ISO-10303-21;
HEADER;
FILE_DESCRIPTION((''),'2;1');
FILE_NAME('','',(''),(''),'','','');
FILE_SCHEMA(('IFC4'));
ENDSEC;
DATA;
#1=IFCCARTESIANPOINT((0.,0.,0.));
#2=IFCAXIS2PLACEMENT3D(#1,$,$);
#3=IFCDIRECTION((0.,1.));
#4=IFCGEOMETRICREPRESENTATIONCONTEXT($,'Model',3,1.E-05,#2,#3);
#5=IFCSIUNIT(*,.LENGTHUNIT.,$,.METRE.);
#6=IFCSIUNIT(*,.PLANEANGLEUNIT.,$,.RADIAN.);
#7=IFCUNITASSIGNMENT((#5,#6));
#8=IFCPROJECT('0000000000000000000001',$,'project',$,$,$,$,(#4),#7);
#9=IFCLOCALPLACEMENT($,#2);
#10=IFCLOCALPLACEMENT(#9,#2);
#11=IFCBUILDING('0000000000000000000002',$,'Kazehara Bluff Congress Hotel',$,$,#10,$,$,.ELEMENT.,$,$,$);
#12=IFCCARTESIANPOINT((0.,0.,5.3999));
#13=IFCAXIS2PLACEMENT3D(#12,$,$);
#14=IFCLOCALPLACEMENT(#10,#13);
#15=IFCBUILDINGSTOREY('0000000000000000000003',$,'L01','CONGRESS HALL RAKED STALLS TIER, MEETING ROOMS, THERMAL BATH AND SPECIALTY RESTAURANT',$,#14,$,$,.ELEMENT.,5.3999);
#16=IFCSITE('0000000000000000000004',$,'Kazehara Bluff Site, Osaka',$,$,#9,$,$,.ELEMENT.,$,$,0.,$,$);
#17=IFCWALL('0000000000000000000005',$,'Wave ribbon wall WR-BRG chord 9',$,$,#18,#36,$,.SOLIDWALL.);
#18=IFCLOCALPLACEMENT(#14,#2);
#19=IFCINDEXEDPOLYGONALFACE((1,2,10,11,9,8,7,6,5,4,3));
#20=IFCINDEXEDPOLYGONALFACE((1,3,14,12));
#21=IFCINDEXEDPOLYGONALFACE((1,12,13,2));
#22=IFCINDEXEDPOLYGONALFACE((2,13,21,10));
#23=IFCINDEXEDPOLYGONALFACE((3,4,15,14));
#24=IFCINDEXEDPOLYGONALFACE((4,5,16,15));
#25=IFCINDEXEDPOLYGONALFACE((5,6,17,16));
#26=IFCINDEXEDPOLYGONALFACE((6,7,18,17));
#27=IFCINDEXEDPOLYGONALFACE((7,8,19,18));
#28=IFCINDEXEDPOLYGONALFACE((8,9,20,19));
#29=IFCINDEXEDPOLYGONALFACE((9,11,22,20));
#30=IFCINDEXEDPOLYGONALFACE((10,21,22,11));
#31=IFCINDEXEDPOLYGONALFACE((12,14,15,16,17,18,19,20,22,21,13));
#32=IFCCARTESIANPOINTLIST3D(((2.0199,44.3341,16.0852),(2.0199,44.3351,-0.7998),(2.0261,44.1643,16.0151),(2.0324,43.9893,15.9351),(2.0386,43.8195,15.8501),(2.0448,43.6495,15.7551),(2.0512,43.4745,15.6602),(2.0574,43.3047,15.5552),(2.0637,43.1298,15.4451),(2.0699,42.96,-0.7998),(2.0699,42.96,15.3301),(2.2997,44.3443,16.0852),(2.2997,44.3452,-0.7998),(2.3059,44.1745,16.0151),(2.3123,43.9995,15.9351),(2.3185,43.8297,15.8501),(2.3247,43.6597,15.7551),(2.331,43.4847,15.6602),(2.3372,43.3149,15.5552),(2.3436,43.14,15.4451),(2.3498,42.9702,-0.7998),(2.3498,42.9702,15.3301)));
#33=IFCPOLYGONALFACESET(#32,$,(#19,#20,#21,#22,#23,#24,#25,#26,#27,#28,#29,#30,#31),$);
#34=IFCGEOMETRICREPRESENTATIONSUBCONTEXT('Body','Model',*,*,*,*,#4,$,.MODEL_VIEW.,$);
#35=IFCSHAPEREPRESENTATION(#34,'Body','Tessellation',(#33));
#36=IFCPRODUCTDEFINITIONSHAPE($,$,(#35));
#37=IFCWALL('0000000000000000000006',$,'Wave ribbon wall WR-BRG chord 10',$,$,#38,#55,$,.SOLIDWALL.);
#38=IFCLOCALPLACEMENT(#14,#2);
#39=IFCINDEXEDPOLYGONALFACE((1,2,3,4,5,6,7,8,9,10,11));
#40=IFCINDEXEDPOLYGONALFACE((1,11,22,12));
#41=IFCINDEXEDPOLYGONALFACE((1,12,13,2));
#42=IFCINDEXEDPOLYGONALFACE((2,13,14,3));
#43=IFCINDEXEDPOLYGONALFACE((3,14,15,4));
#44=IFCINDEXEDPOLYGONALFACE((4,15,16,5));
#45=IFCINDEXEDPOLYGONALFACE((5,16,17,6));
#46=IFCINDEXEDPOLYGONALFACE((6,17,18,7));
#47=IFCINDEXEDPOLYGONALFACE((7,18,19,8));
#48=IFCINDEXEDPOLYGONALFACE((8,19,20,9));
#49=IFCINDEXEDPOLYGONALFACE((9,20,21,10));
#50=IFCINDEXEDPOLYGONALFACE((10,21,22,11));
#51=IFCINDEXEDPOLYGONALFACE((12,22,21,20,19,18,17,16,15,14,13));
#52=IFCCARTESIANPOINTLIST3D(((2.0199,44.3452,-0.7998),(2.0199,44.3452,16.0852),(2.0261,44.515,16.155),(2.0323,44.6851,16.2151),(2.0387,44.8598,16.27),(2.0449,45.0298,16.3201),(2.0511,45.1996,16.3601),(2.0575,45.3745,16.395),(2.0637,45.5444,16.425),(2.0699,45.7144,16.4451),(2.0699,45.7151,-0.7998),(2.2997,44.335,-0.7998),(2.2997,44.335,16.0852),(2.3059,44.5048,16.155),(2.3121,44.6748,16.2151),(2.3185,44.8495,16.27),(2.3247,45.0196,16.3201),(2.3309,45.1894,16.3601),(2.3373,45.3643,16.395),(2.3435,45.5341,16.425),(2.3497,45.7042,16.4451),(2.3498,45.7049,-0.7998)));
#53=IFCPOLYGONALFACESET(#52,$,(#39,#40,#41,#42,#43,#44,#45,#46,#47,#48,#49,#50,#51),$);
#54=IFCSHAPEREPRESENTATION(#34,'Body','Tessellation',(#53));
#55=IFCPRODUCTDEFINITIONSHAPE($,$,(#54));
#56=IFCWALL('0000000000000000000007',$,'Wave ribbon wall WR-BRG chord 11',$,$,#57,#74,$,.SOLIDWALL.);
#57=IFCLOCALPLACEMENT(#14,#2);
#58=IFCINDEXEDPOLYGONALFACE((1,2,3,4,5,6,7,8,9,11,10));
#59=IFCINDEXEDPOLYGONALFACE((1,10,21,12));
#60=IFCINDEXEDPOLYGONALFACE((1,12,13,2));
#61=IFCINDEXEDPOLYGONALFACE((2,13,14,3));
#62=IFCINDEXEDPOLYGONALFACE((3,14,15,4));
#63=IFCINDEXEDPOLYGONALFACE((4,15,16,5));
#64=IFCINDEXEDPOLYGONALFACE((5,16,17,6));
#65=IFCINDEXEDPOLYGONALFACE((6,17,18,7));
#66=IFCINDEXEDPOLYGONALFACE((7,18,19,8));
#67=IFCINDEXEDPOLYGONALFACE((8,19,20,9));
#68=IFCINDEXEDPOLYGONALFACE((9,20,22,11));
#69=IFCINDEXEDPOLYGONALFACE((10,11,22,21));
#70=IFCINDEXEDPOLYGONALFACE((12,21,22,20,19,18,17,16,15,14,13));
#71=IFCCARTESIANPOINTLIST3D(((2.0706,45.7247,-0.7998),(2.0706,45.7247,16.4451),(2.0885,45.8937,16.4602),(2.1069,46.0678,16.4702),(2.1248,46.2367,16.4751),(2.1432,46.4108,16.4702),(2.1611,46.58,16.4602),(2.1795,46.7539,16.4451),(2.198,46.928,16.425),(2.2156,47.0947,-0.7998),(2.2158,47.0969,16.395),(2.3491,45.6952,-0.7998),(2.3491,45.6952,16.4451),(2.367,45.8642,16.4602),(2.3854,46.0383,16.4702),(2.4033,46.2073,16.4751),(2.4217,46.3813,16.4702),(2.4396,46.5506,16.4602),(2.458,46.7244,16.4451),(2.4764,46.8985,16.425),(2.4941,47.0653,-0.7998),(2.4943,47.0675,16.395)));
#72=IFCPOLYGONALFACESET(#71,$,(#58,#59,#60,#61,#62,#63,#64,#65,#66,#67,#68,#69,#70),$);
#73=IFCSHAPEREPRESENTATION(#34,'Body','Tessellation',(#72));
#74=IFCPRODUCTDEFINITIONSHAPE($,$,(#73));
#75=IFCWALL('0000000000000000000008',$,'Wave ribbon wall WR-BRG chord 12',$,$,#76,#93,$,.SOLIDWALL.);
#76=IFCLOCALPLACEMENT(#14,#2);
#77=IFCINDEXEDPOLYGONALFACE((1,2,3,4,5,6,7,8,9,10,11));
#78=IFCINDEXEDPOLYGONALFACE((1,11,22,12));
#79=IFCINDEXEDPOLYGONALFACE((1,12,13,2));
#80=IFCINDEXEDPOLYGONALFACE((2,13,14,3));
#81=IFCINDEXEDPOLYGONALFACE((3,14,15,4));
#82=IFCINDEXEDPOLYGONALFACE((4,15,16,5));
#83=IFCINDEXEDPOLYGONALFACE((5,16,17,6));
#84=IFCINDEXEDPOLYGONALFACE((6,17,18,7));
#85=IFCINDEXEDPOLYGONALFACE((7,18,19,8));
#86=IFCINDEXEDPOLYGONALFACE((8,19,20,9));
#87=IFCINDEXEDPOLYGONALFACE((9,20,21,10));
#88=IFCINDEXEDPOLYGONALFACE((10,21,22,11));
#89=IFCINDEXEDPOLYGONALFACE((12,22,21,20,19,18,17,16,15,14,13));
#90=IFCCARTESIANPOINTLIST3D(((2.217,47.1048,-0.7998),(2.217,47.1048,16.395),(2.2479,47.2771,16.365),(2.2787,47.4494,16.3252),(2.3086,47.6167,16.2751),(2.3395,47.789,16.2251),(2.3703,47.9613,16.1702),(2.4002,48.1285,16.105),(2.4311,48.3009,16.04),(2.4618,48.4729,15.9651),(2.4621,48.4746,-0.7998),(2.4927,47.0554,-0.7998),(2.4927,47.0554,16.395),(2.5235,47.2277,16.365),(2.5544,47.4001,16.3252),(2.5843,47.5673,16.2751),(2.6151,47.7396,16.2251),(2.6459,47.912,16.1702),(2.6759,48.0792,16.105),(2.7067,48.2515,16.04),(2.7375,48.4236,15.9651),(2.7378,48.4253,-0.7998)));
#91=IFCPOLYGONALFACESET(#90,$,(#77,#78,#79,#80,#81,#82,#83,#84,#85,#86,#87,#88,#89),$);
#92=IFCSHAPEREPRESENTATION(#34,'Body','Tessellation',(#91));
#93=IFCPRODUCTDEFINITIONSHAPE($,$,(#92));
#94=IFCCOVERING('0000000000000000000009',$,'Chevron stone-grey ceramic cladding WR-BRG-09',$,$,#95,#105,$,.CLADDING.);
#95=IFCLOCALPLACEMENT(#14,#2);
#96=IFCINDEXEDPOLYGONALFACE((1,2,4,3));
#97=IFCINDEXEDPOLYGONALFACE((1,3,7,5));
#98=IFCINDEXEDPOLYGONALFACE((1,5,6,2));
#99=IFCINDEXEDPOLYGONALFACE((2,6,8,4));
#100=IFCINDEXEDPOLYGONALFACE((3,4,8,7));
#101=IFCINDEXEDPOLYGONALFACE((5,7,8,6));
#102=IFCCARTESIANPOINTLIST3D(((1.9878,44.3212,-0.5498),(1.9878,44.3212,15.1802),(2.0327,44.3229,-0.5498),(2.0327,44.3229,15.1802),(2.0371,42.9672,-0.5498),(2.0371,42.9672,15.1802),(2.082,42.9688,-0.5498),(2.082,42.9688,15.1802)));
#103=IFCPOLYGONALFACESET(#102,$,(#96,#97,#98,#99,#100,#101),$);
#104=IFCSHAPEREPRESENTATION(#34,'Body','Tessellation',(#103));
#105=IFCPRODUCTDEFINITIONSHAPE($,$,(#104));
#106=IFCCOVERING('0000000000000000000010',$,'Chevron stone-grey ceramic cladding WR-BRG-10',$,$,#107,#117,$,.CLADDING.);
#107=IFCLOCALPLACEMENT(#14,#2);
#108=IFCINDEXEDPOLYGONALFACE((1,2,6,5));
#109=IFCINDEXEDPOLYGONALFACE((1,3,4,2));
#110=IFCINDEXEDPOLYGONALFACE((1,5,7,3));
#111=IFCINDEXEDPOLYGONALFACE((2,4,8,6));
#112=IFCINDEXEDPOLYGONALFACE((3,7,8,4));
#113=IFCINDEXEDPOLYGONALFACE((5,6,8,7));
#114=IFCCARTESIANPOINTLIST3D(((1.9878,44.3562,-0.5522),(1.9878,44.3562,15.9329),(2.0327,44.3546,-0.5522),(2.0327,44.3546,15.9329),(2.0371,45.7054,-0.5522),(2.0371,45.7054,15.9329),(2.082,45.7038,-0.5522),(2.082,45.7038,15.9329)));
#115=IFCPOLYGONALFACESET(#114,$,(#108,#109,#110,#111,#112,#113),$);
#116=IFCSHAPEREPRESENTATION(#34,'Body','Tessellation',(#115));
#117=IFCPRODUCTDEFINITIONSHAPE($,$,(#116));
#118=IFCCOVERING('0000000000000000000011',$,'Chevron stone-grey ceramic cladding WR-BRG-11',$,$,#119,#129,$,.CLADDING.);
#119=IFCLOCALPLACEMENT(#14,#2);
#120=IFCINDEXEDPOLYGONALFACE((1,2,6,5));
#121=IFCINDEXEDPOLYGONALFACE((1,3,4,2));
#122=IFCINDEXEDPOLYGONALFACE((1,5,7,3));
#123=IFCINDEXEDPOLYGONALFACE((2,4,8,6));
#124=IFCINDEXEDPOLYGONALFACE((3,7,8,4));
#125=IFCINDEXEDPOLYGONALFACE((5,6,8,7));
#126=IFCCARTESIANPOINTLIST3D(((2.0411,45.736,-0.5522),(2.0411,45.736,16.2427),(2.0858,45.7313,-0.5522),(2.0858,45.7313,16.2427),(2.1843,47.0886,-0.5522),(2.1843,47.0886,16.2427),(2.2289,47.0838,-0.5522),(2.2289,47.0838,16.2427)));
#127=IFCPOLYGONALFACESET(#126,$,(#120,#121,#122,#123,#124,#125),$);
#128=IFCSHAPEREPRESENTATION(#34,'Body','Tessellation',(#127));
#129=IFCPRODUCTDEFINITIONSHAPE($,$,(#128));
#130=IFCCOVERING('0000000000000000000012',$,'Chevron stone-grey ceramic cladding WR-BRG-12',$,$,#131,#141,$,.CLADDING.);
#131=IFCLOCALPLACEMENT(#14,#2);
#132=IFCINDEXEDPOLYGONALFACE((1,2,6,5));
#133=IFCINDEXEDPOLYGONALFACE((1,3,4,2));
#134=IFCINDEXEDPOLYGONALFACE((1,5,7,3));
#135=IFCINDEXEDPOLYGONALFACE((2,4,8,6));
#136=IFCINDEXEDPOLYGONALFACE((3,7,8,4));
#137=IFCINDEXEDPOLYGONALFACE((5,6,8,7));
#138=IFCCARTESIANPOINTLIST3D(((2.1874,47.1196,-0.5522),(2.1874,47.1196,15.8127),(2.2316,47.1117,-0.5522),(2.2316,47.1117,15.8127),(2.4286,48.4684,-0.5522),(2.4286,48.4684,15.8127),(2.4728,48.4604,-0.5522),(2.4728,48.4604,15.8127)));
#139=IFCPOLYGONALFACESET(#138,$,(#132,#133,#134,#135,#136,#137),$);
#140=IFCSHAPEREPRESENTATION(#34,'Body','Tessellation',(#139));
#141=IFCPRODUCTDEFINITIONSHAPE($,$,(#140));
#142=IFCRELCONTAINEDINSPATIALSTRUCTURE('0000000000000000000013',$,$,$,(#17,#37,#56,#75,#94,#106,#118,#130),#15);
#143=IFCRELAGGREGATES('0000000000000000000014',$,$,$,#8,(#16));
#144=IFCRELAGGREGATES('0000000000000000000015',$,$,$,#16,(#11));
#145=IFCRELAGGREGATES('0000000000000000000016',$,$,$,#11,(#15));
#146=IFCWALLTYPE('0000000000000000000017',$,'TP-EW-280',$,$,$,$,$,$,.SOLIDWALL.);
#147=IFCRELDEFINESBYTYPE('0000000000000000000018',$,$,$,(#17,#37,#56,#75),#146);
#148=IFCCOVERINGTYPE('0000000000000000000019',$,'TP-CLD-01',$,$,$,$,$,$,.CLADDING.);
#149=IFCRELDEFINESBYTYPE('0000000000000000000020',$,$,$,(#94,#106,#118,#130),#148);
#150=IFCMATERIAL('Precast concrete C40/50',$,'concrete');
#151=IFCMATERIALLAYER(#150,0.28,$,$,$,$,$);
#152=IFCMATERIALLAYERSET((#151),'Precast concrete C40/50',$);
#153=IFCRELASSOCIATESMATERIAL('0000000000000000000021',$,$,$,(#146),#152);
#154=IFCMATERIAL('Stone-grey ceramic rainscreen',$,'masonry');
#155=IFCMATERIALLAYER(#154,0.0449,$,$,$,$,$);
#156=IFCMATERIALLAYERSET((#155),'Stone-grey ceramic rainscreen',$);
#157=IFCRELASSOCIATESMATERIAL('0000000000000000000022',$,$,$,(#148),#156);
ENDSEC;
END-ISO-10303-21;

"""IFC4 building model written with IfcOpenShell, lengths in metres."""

from ifc_helpers import new_model, si_unit, direction, frame, origin, origin_2d, place, context, subcontext, project, spatial, polyline, rectangle, outline, extrude, material, layer, layer_set, type_object, element, save


model = new_model("IFC4")

# Units and contexts
model_context = context("Model", 3, precision=1e-05, world=origin(), true_north=direction((0.0, 1.0)))
body_context = subcontext(model_context, "Body", "Model", "MODEL_VIEW")
ifc_project = project(units=[si_unit("LENGTHUNIT", "METRE"), si_unit("PLANEANGLEUNIT", "RADIAN")], contexts=[model_context])

# Site, building, storey
site_placement = place(None, origin())
site = spatial("IfcSite", under=ifc_project, at=site_placement, Name="Kazehara Bluff Site, Osaka", CompositionType="ELEMENT", RefElevation=0.0)
building_placement = place(site_placement, origin())
building = spatial("IfcBuilding", under=site, at=building_placement, Name="Kazehara Bluff Congress Hotel", CompositionType="ELEMENT")
storey_placement = place(building_placement, frame((0.0, 0.0, 5.3999)))
storey = spatial("IfcBuildingStorey", under=building, at=storey_placement, Name="L01", Description="CONGRESS HALL RAKED STALLS TIER, MEETING ROOMS, THERMAL BATH AND SPECIALTY RESTAURANT", CompositionType="ELEMENT", Elevation=5.3999)

# Walls
ifc_material_1 = material(Name="Precast concrete C40/50", Category="concrete")
ifc_layer_1 = layer(ifc_material_1, 0.28)
ifc_layer_set_1 = layer_set([ifc_layer_1], Name="Precast concrete C40/50")
wall_type = type_object("IfcWallType", Name="TP-EW-280", PredefinedType="SOLIDWALL", material=ifc_layer_set_1)
wall_1_placement = place(storey_placement, frame((2.21, 42.9651, -0.7998), z_axis=(0.0, 0.0, 1.0), x_axis=(-0.036375, 0.999338, 0.0)))
element("IfcWall", 1, at=wall_1_placement, inside=storey, type_object=wall_type, Name="Wave ribbon wall WR-BRG chord 9", PredefinedType="SOLIDWALL", context=body_context, shape_type="SweptSolid", body=[
    extrude(outline(polyline([(0.0, 0.0), (1.376, 0.0), (1.375, 16.885), (1.2051, 16.8149), (1.03, 16.7349), (0.8601, 16.6499), (0.6899, 16.5549), (0.5149, 16.46), (0.345, 16.355), (0.1699, 16.2449), (0.0, 16.1299), (0.0, 0.0)])), frame((0.0, 0.1401, 0.0), z_axis=(0.0, -1.0, 0.0), x_axis=(1.0, 0.0, 0.0)), (0.0, 0.0, 1.0), 0.28),
])
wall_2_placement = place(storey_placement, frame((2.1599, 44.3401, -0.7998), z_axis=(0.0, 0.0, 1.0), x_axis=(0.036511, 0.999333, 0.0)))
element("IfcWall", 2, at=wall_2_placement, inside=storey, type_object=wall_type, Name="Wave ribbon wall WR-BRG chord 10", PredefinedType="SOLIDWALL", context=body_context, shape_type="SweptSolid", body=[
    extrude(outline(polyline([(0.0, 0.0), (1.3708, 0.0), (1.3701, 17.2449), (1.2, 17.2249), (1.03, 17.1948), (0.855, 17.1599), (0.6851, 17.1199), (0.5149, 17.0698), (0.3401, 17.0149), (0.1699, 16.9548), (0.0, 16.885), (0.0, 0.0)])), frame((0.0, 0.1401, 0.0), z_axis=(0.0, -1.0, 0.0), x_axis=(1.0, 0.0, 0.0)), (0.0, 0.0, 1.0), 0.28),
])
wall_3_placement = place(storey_placement, frame((2.21, 45.71, -0.7998), z_axis=(0.0, 0.0, 1.0), x_axis=(0.105257, 0.994445, 0.0)))
element("IfcWall", 3, at=wall_3_placement, inside=storey, type_object=wall_type, Name="Wave ribbon wall WR-BRG chord 11", PredefinedType="SOLIDWALL", context=body_context, shape_type="SweptSolid", body=[
    extrude(outline(polyline([(0.0, 0.0), (1.3777, 0.0), (1.3799, 17.1948), (1.21, 17.2249), (1.0349, 17.2449), (0.8601, 17.26), (0.6899, 17.27), (0.5149, 17.2749), (0.345, 17.27), (0.1699, 17.26), (0.0, 17.2449), (0.0, 0.0)])), frame((0.0, 0.1401, 0.0), z_axis=(0.0, -1.0, 0.0), x_axis=(1.0, 0.0, 0.0)), (0.0, 0.0, 1.0), 0.28),
])
wall_4_placement = place(storey_placement, frame((2.355, 47.0801, -0.7998), z_axis=(0.0, 0.0, 1.0), x_axis=(0.176137, 0.984366, 0.0)))
element("IfcWall", 4, at=wall_4_placement, inside=storey, type_object=wall_type, Name="Wave ribbon wall WR-BRG chord 12", PredefinedType="SOLIDWALL", context=body_context, shape_type="SweptSolid", body=[
    extrude(outline(polyline([(0.0, 0.0), (1.3916, 0.0), (1.3899, 16.7649), (1.2151, 16.8398), (1.04, 16.9048), (0.8701, 16.97), (0.6951, 17.0249), (0.52, 17.075), (0.3501, 17.125), (0.175, 17.1648), (0.0, 17.1948), (0.0, 0.0)])), frame((0.0, 0.1401, 0.0), z_axis=(0.0, -1.0, 0.0), x_axis=(1.0, 0.0, 0.0)), (0.0, 0.0, 1.0), 0.28),
])

# Coverings
ifc_material_2 = material(Name="Stone-grey ceramic rainscreen", Category="masonry")
ifc_layer_2 = layer(ifc_material_2, 0.0449)
ifc_layer_set_2 = layer_set([ifc_layer_2], Name="Stone-grey ceramic rainscreen")
covering_type_1 = type_object("IfcCoveringType", Name="TP-CLD-01", PredefinedType="CLADDING", material=ifc_layer_set_2)
covering_1_placement = place(storey_placement, frame((2.0349, 43.645, -0.5498), z_axis=(0.0, 0.0, 1.0), x_axis=(-0.03634, 0.999339, 0.0)))
element("IfcCovering", 5, at=covering_1_placement, inside=storey, type_object=covering_type_1, Name="Chevron stone-grey ceramic cladding WR-BRG-09", PredefinedType="CLADDING", context=body_context, shape_type="SweptSolid", body=[
    extrude(rectangle(XDim=1.355, YDim=0.0449, at=origin_2d()), origin(), (0.0, 0.0, 1.0), 15.73),
])
covering_2_placement = place(storey_placement, frame((2.0349, 45.03, -0.5522), z_axis=(0.0, 0.0, 1.0), x_axis=(0.036473, 0.999335, 0.0)))
element("IfcCovering", 6, at=covering_2_placement, inside=storey, type_object=covering_type_1, Name="Chevron stone-grey ceramic cladding WR-BRG-10", PredefinedType="CLADDING", context=body_context, shape_type="SweptSolid", body=[
    extrude(rectangle(XDim=1.3501, YDim=0.0449, at=origin_2d()), origin(), (0.0, 0.0, 1.0), 16.4851),
])
covering_3_placement = place(storey_placement, frame((2.135, 46.4099, -0.5522), z_axis=(0.0, 0.0, 1.0), x_axis=(0.105252, 0.994446, 0.0)))
element("IfcCovering", 7, at=covering_3_placement, inside=storey, type_object=covering_type_1, Name="Chevron stone-grey ceramic cladding WR-BRG-11", PredefinedType="CLADDING", context=body_context, shape_type="SweptSolid", body=[
    extrude(rectangle(XDim=1.3601, YDim=0.0449, at=origin_2d()), origin(), (0.0, 0.0, 1.0), 16.7949),
])
covering_4_placement = place(storey_placement, frame((2.3301, 47.79, -0.5522), z_axis=(0.0, 0.0, 1.0), x_axis=(0.176039, 0.984383, 0.0)))
element("IfcCovering", 8, at=covering_4_placement, inside=storey, type_object=covering_type_1, Name="Chevron stone-grey ceramic cladding WR-BRG-12", PredefinedType="CLADDING", context=body_context, shape_type="SweptSolid", body=[
    extrude(rectangle(XDim=1.3701, YDim=0.0449, at=origin_2d()), origin(), (0.0, 0.0, 1.0), 16.365),
])

save(model, "model.ifc")
